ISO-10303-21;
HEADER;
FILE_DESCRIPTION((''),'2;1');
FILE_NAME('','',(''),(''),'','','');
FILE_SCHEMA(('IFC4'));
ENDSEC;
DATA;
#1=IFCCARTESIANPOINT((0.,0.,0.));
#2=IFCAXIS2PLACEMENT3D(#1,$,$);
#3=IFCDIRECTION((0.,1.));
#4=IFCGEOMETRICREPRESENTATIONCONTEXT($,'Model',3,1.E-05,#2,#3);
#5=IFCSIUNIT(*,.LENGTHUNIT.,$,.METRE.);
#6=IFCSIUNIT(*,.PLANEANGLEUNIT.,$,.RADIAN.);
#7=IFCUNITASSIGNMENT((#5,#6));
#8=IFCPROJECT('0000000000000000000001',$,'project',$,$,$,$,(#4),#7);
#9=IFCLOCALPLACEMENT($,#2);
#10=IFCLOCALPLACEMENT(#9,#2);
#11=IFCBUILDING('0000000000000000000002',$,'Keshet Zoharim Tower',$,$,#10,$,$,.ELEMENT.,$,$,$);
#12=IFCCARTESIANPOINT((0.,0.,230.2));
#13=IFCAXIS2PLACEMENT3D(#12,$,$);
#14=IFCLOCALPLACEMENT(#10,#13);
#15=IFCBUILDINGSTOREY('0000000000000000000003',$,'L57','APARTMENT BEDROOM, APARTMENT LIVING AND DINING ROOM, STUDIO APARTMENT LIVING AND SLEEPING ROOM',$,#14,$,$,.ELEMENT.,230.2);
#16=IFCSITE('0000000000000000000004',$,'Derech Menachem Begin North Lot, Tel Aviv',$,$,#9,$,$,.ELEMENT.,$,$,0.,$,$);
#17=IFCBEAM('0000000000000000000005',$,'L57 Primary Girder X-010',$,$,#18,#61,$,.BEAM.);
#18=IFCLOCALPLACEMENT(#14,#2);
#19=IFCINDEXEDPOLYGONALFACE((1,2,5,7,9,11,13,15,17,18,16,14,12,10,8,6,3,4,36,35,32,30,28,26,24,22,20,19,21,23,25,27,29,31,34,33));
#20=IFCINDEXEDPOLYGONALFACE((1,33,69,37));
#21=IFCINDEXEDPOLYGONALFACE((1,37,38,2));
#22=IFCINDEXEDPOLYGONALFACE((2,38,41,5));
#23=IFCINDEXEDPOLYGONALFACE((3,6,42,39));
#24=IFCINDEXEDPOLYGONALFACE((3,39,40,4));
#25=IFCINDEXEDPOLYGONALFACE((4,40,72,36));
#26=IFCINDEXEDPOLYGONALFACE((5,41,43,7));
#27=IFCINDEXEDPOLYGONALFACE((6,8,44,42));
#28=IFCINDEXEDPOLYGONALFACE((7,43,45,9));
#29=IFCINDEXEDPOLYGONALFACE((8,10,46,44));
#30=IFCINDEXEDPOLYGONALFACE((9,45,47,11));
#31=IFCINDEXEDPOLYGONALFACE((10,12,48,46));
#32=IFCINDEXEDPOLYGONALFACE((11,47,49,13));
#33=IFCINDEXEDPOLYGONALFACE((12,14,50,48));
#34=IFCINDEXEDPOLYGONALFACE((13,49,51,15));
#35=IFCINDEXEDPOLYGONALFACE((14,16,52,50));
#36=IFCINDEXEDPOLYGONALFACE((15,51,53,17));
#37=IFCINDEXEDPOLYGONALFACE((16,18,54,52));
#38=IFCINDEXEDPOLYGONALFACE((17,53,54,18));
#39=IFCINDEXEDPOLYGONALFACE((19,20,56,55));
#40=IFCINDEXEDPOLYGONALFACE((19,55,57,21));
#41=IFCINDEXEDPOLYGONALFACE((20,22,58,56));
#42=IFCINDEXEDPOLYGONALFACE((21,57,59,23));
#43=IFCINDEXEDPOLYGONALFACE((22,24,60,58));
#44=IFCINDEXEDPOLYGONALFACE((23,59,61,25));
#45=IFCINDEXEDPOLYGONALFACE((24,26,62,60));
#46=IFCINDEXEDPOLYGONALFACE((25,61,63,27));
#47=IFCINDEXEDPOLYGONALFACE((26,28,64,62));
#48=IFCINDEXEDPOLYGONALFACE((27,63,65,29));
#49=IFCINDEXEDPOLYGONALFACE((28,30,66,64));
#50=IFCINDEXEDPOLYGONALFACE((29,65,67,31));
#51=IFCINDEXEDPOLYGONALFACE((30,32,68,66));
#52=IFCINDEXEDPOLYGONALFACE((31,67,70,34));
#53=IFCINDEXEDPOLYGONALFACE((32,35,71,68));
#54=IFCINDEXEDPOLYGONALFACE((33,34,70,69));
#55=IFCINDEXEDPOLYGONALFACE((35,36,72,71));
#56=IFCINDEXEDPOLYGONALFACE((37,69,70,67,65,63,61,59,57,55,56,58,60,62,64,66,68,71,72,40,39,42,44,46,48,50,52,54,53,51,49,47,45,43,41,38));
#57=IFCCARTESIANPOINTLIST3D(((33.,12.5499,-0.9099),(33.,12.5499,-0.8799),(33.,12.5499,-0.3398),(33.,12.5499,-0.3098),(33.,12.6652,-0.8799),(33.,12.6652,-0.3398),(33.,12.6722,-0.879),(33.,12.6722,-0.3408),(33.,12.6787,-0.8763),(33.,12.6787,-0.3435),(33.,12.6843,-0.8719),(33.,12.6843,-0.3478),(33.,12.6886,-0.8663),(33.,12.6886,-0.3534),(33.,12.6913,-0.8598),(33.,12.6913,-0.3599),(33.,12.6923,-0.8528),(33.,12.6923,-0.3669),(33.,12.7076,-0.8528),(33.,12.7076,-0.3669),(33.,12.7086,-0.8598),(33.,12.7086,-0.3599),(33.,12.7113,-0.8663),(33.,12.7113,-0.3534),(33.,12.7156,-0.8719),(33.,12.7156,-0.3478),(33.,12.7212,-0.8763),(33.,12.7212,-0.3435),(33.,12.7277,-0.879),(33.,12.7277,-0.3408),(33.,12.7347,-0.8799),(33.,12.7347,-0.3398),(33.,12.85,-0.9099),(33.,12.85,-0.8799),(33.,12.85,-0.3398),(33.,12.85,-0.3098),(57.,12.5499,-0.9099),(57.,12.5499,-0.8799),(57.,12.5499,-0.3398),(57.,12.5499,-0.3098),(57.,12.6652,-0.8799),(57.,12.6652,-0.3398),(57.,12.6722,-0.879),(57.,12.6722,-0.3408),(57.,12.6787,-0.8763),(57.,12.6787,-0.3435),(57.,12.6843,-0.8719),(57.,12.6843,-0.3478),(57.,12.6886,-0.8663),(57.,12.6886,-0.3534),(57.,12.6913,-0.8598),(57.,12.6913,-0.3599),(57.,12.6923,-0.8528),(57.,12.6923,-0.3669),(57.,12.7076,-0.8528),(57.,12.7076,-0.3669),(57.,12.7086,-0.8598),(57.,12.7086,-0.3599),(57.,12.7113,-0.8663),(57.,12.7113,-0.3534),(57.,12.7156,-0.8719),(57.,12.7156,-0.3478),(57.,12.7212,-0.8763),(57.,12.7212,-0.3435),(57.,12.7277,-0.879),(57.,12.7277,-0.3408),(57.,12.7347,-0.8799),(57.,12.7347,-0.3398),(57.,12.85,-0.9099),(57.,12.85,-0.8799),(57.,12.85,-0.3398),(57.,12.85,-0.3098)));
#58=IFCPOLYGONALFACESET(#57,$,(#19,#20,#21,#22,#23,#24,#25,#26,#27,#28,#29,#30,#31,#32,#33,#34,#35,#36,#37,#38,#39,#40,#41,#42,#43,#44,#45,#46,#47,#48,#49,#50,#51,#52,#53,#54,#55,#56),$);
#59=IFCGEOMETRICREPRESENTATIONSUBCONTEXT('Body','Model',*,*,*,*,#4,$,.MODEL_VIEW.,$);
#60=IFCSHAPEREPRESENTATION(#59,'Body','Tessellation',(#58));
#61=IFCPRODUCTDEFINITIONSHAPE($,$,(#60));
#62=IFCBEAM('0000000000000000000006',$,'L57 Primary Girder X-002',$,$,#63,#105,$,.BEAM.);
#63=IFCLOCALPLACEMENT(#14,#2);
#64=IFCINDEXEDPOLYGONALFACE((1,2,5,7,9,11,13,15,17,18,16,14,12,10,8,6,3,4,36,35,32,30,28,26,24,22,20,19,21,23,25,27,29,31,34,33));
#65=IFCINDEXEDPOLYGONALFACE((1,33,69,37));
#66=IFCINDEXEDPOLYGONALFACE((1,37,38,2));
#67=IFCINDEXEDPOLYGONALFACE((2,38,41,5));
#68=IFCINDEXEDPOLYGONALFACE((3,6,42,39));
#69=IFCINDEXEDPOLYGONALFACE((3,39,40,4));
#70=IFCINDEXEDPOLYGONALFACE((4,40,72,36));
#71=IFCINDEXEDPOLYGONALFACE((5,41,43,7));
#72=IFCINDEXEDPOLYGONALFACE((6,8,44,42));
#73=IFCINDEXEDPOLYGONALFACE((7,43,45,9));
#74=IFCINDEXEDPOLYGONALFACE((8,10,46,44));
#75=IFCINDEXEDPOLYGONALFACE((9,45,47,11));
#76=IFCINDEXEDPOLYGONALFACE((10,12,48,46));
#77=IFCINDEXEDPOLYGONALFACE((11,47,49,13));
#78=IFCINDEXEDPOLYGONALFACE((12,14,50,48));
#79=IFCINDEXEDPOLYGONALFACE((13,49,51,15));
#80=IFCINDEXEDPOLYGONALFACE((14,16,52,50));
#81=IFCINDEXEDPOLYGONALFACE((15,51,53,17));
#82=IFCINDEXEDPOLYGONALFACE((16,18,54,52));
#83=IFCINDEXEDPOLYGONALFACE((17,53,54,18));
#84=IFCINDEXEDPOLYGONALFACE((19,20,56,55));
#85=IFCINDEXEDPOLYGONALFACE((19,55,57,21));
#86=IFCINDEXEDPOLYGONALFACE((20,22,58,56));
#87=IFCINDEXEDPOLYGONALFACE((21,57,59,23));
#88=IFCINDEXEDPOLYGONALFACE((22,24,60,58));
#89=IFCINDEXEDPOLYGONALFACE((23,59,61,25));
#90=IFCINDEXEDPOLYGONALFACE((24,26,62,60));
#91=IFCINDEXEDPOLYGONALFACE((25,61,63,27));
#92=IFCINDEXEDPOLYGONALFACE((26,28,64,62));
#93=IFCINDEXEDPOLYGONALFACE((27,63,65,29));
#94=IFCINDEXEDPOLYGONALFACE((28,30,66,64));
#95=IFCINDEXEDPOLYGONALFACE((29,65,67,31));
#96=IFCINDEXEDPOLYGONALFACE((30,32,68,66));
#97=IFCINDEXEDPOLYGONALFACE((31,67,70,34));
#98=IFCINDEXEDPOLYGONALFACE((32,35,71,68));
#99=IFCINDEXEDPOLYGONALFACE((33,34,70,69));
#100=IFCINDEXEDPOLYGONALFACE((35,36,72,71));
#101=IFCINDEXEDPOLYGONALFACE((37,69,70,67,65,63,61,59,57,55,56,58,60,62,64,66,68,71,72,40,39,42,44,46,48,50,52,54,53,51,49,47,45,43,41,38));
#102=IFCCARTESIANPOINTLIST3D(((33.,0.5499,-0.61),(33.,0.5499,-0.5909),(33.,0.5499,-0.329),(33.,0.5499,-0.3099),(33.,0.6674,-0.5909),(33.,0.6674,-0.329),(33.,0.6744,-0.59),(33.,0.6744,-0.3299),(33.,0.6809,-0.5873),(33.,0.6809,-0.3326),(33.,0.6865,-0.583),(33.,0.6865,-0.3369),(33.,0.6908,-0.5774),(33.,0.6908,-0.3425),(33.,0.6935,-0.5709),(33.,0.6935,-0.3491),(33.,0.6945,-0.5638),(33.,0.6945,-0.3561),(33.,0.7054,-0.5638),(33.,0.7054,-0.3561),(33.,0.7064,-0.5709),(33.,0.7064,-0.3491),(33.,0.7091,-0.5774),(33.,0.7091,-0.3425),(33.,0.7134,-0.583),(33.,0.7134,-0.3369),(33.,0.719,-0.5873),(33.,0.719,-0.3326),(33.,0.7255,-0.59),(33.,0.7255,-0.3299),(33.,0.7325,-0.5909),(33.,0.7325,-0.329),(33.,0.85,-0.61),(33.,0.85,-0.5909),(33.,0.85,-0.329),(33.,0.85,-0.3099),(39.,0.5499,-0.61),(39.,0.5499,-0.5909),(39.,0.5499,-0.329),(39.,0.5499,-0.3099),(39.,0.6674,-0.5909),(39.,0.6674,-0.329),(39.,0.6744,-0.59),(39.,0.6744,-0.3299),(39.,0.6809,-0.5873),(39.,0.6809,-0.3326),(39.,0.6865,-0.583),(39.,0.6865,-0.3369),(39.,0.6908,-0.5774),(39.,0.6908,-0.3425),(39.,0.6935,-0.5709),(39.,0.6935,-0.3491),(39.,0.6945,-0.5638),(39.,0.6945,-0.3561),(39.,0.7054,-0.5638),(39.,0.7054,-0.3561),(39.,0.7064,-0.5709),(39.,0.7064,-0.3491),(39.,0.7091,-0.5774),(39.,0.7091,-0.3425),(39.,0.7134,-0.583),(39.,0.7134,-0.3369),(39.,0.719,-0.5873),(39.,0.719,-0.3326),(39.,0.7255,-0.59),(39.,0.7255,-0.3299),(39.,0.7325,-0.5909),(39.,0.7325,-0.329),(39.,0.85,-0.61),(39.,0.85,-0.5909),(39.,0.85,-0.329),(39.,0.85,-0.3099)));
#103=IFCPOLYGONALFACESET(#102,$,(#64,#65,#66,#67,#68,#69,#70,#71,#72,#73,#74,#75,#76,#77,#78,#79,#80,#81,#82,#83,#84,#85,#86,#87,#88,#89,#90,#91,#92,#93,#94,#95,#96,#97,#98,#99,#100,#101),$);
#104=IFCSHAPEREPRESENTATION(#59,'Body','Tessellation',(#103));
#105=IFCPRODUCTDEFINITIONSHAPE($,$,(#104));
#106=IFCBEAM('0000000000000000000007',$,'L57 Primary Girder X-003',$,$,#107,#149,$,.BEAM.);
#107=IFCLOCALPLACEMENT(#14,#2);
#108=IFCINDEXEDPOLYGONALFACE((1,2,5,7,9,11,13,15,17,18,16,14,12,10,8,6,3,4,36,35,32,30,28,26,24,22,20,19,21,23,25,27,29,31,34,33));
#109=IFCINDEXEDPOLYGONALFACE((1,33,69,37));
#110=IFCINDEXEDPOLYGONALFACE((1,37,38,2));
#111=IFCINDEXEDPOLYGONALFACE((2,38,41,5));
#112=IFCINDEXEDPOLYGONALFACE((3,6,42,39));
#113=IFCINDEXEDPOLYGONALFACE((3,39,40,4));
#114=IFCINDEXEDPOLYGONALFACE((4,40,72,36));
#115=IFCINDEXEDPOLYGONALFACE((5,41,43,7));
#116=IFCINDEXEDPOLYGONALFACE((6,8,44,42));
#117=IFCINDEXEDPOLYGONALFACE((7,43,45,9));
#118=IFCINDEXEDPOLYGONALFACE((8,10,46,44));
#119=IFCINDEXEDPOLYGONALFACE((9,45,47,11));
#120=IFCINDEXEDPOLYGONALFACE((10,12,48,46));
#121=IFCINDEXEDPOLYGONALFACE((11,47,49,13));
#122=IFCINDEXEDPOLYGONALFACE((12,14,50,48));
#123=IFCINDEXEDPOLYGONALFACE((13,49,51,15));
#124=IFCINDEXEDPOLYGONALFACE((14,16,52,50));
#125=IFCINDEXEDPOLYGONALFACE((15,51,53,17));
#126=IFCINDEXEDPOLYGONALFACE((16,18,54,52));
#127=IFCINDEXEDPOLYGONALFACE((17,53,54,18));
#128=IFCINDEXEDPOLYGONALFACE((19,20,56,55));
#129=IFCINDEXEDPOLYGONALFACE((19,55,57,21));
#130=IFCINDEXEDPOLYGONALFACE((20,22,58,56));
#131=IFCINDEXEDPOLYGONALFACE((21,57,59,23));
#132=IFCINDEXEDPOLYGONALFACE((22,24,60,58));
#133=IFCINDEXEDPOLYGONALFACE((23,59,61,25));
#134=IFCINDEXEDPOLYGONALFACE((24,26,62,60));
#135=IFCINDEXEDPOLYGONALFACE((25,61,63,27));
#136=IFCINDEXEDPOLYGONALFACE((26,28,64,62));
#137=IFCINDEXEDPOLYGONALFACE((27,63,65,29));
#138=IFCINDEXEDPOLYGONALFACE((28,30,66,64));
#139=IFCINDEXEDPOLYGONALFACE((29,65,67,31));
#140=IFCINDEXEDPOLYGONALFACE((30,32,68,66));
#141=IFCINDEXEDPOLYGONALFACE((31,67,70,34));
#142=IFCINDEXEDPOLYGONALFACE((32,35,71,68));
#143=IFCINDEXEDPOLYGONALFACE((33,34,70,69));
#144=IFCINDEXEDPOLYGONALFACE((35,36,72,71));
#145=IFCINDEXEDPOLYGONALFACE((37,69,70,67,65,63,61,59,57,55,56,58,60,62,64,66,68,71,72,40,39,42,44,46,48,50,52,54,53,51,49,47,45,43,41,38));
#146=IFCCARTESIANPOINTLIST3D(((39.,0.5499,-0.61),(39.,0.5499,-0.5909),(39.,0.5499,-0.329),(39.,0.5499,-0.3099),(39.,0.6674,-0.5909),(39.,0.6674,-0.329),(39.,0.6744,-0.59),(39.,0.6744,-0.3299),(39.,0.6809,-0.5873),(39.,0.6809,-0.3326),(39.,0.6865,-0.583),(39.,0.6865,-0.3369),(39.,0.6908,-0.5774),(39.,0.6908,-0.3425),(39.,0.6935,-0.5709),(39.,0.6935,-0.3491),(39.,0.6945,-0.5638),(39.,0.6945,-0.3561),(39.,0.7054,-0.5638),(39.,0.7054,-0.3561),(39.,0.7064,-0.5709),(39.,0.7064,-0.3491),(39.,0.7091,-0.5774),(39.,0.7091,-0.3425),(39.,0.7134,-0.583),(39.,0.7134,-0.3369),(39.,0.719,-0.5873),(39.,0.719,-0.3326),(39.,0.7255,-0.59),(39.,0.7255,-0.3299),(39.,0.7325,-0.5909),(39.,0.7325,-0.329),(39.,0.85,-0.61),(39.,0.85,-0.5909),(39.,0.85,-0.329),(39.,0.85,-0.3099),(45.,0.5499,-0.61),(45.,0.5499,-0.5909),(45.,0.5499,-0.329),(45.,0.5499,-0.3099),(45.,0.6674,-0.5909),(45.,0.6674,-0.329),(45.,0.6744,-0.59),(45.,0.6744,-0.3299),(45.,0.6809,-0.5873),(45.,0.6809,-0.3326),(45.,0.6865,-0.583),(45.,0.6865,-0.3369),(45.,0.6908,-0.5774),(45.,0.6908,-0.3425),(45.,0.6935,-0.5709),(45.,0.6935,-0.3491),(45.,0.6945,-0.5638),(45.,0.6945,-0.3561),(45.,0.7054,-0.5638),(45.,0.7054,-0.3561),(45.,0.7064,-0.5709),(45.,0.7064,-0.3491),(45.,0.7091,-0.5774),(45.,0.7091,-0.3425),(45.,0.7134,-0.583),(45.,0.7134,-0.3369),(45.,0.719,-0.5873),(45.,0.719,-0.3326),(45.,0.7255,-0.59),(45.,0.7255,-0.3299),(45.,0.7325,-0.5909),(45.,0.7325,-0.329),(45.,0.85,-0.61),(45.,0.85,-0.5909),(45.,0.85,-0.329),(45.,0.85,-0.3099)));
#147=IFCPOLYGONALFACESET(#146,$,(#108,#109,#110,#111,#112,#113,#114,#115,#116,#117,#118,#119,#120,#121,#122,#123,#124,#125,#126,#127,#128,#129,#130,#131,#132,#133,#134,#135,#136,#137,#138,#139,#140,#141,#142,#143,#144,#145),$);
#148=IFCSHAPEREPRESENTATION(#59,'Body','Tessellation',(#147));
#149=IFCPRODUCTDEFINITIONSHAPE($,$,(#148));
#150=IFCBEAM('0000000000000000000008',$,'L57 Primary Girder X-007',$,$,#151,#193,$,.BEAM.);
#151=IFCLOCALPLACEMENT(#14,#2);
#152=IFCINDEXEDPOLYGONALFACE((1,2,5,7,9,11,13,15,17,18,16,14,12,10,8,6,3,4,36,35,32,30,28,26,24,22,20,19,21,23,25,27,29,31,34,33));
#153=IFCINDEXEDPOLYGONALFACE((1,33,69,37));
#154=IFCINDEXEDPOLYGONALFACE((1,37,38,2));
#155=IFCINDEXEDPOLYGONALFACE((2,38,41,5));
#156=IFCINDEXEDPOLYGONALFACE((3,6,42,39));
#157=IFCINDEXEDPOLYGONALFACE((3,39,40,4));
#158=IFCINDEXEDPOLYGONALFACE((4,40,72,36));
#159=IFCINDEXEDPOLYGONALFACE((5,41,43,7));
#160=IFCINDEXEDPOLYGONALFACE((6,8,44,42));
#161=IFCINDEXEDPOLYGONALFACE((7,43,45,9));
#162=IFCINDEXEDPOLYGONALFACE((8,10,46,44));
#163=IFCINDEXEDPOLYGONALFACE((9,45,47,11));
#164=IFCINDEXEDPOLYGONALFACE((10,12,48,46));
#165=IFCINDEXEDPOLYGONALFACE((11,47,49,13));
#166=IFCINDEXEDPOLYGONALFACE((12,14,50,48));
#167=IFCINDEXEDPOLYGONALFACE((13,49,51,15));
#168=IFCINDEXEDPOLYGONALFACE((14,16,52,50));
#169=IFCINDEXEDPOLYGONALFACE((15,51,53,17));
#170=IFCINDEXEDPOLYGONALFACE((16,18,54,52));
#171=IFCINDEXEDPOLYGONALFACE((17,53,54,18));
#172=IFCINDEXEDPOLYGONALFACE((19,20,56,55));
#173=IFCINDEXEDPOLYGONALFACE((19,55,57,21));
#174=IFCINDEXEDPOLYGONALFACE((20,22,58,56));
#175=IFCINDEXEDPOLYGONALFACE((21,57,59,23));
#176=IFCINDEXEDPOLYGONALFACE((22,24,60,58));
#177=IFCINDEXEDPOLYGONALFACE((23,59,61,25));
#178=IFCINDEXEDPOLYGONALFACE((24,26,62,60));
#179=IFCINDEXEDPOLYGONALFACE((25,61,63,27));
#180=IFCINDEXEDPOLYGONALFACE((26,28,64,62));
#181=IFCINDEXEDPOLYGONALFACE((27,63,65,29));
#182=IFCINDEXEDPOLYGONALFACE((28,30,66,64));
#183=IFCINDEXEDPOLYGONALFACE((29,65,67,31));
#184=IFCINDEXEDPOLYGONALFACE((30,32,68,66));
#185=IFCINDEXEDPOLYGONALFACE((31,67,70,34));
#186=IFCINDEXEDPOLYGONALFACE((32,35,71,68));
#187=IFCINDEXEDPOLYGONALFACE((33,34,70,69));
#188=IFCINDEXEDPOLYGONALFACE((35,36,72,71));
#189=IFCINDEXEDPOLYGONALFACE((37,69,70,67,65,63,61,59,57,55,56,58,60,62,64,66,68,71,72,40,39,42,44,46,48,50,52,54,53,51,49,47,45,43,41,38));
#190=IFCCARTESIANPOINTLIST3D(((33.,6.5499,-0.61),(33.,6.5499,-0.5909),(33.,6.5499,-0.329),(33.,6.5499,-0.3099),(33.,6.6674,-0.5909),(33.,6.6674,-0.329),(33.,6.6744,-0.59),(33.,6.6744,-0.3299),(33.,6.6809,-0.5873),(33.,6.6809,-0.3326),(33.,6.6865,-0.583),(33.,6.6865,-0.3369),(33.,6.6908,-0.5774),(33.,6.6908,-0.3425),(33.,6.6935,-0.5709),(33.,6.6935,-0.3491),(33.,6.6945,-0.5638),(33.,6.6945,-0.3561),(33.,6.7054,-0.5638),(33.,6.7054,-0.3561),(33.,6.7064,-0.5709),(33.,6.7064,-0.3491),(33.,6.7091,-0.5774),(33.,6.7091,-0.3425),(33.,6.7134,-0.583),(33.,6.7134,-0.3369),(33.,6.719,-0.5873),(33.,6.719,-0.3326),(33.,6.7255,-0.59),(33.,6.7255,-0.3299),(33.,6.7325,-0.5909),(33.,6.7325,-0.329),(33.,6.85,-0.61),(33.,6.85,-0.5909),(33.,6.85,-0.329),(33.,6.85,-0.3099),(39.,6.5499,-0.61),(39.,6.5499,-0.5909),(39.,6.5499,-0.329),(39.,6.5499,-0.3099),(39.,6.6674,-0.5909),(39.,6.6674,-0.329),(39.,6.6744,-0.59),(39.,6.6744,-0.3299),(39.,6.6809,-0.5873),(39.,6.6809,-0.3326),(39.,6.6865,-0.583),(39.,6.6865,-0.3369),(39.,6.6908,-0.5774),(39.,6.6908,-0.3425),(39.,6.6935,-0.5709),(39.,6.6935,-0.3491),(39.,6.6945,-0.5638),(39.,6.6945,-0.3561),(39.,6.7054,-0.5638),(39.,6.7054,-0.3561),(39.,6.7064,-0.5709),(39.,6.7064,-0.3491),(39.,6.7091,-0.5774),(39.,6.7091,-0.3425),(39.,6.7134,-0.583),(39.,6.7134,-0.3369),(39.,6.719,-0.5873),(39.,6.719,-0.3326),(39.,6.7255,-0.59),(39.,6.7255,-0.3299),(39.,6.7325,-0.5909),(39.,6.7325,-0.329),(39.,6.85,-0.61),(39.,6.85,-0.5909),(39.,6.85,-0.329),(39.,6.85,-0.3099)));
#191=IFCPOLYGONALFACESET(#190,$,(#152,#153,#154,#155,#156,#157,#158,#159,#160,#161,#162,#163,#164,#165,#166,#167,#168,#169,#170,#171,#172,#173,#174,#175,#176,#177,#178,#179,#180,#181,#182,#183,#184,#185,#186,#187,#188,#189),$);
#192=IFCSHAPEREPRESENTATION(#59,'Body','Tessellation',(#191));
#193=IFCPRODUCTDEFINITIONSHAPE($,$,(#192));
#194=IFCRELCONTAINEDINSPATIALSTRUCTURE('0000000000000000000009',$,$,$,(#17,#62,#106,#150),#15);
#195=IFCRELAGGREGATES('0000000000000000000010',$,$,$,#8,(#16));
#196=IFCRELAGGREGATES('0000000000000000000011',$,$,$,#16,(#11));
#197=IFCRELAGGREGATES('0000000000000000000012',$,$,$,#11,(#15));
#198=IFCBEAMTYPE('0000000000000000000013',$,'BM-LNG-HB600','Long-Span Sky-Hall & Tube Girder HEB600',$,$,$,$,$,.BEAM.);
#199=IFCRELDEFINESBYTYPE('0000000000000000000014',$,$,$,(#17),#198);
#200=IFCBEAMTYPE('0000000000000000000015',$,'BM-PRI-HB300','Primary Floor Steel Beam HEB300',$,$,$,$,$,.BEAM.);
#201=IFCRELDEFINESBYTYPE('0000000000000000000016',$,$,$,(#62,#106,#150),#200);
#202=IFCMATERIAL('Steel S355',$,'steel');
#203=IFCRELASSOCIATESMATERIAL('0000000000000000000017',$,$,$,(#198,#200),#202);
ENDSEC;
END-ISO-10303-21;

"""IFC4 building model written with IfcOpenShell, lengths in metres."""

from ifc_helpers import new_model, si_unit, direction, frame, origin, origin_2d, place, context, subcontext, project, spatial, i_section, extrude, material, material_profile, profile_set, type_object, element, save


model = new_model("IFC4")

# Units and contexts
model_context = context("Model", 3, precision=1e-05, world=origin(), true_north=direction((0.0, 1.0)))
body_context = subcontext(model_context, "Body", "Model", "MODEL_VIEW")
ifc_project = project(units=[si_unit("LENGTHUNIT", "METRE"), si_unit("PLANEANGLEUNIT", "RADIAN")], contexts=[model_context])

# Site, building, storey
site_placement = place(None, origin())
site = spatial("IfcSite", under=ifc_project, at=site_placement, Name="Derech Menachem Begin North Lot, Tel Aviv", CompositionType="ELEMENT", RefElevation=0.0)
building_placement = place(site_placement, origin())
building = spatial("IfcBuilding", under=site, at=building_placement, Name="Keshet Zoharim Tower", CompositionType="ELEMENT")
storey_placement = place(building_placement, frame((0.0, 0.0, 230.2)))
storey = spatial("IfcBuildingStorey", under=building, at=storey_placement, Name="L57", Description="APARTMENT BEDROOM, APARTMENT LIVING AND DINING ROOM, STUDIO APARTMENT LIVING AND SLEEPING ROOM", CompositionType="ELEMENT", Elevation=230.2)

# Shared definitions
ifc_material_1 = material(Name="Steel S355", Category="steel")

# Beams
ifc_material_profile_1 = material_profile(ifc_material_1, i_section(OverallWidth=0.3, OverallDepth=0.6001, WebThickness=0.0154, FlangeThickness=0.03, FilletRadius=0.0271, at=origin_2d()), Name="HEB600")
ifc_profile_set_1 = profile_set([ifc_material_profile_1], Name="Steel S355")
beam_type_1 = type_object("IfcBeamType", Name="BM-LNG-HB600", Description="Long-Span Sky-Hall & Tube Girder HEB600", PredefinedType="BEAM", material=ifc_profile_set_1)
beam_1_placement = place(storey_placement, frame((33.0, 12.7, -0.6099), z_axis=(1.0, 0.0, 0.0), x_axis=(0.0, 1.0, 0.0)))
element("IfcBeam", 1, at=beam_1_placement, inside=storey, type_object=beam_type_1, Name="L57 Primary Girder X-010", PredefinedType="BEAM", context=body_context, shape_type="SweptSolid", body=[
    extrude(i_section(OverallWidth=0.3, OverallDepth=0.6001, WebThickness=0.0154, FlangeThickness=0.03, FilletRadius=0.0271, at=origin_2d()), origin(), (0.0, 0.0, 1.0), 24.0),
])
ifc_material_profile_2 = material_profile(ifc_material_1, i_section(OverallWidth=0.3, OverallDepth=0.3, WebThickness=0.011, FlangeThickness=0.019, FilletRadius=0.0271, at=origin_2d()), Name="HEB300")
ifc_profile_set_2 = profile_set([ifc_material_profile_2], Name="Steel S355")
beam_type_2 = type_object("IfcBeamType", Name="BM-PRI-HB300", Description="Primary Floor Steel Beam HEB300", PredefinedType="BEAM", material=ifc_profile_set_2)
for number, where, z_axis, x_axis, name in (
    (2, (33.0, 0.7, -0.46), (1.0, 0.0, 0.0), (0.0, 1.0, 0.0), "L57 Primary Girder X-002"),
    (3, (39.0, 0.7, -0.46), (1.0, 0.0, 0.0), (0.0, 1.0, 0.0), "L57 Primary Girder X-003"),
    (4, (33.0, 6.7, -0.46), (1.0, 0.0, 0.0), (0.0, 1.0, 0.0), "L57 Primary Girder X-007"),
):
    element("IfcBeam", number, at=place(storey_placement, frame(where, z_axis=z_axis, x_axis=x_axis)), inside=storey, type_object=beam_type_2, Name=name, PredefinedType="BEAM", context=body_context, shape_type="SweptSolid", body=[
        extrude(i_section(OverallWidth=0.3, OverallDepth=0.3, WebThickness=0.011, FlangeThickness=0.019, FilletRadius=0.0271, at=origin_2d()), origin(), (0.0, 0.0, 1.0), 6.0),
    ])

save(model, "model.ifc")
